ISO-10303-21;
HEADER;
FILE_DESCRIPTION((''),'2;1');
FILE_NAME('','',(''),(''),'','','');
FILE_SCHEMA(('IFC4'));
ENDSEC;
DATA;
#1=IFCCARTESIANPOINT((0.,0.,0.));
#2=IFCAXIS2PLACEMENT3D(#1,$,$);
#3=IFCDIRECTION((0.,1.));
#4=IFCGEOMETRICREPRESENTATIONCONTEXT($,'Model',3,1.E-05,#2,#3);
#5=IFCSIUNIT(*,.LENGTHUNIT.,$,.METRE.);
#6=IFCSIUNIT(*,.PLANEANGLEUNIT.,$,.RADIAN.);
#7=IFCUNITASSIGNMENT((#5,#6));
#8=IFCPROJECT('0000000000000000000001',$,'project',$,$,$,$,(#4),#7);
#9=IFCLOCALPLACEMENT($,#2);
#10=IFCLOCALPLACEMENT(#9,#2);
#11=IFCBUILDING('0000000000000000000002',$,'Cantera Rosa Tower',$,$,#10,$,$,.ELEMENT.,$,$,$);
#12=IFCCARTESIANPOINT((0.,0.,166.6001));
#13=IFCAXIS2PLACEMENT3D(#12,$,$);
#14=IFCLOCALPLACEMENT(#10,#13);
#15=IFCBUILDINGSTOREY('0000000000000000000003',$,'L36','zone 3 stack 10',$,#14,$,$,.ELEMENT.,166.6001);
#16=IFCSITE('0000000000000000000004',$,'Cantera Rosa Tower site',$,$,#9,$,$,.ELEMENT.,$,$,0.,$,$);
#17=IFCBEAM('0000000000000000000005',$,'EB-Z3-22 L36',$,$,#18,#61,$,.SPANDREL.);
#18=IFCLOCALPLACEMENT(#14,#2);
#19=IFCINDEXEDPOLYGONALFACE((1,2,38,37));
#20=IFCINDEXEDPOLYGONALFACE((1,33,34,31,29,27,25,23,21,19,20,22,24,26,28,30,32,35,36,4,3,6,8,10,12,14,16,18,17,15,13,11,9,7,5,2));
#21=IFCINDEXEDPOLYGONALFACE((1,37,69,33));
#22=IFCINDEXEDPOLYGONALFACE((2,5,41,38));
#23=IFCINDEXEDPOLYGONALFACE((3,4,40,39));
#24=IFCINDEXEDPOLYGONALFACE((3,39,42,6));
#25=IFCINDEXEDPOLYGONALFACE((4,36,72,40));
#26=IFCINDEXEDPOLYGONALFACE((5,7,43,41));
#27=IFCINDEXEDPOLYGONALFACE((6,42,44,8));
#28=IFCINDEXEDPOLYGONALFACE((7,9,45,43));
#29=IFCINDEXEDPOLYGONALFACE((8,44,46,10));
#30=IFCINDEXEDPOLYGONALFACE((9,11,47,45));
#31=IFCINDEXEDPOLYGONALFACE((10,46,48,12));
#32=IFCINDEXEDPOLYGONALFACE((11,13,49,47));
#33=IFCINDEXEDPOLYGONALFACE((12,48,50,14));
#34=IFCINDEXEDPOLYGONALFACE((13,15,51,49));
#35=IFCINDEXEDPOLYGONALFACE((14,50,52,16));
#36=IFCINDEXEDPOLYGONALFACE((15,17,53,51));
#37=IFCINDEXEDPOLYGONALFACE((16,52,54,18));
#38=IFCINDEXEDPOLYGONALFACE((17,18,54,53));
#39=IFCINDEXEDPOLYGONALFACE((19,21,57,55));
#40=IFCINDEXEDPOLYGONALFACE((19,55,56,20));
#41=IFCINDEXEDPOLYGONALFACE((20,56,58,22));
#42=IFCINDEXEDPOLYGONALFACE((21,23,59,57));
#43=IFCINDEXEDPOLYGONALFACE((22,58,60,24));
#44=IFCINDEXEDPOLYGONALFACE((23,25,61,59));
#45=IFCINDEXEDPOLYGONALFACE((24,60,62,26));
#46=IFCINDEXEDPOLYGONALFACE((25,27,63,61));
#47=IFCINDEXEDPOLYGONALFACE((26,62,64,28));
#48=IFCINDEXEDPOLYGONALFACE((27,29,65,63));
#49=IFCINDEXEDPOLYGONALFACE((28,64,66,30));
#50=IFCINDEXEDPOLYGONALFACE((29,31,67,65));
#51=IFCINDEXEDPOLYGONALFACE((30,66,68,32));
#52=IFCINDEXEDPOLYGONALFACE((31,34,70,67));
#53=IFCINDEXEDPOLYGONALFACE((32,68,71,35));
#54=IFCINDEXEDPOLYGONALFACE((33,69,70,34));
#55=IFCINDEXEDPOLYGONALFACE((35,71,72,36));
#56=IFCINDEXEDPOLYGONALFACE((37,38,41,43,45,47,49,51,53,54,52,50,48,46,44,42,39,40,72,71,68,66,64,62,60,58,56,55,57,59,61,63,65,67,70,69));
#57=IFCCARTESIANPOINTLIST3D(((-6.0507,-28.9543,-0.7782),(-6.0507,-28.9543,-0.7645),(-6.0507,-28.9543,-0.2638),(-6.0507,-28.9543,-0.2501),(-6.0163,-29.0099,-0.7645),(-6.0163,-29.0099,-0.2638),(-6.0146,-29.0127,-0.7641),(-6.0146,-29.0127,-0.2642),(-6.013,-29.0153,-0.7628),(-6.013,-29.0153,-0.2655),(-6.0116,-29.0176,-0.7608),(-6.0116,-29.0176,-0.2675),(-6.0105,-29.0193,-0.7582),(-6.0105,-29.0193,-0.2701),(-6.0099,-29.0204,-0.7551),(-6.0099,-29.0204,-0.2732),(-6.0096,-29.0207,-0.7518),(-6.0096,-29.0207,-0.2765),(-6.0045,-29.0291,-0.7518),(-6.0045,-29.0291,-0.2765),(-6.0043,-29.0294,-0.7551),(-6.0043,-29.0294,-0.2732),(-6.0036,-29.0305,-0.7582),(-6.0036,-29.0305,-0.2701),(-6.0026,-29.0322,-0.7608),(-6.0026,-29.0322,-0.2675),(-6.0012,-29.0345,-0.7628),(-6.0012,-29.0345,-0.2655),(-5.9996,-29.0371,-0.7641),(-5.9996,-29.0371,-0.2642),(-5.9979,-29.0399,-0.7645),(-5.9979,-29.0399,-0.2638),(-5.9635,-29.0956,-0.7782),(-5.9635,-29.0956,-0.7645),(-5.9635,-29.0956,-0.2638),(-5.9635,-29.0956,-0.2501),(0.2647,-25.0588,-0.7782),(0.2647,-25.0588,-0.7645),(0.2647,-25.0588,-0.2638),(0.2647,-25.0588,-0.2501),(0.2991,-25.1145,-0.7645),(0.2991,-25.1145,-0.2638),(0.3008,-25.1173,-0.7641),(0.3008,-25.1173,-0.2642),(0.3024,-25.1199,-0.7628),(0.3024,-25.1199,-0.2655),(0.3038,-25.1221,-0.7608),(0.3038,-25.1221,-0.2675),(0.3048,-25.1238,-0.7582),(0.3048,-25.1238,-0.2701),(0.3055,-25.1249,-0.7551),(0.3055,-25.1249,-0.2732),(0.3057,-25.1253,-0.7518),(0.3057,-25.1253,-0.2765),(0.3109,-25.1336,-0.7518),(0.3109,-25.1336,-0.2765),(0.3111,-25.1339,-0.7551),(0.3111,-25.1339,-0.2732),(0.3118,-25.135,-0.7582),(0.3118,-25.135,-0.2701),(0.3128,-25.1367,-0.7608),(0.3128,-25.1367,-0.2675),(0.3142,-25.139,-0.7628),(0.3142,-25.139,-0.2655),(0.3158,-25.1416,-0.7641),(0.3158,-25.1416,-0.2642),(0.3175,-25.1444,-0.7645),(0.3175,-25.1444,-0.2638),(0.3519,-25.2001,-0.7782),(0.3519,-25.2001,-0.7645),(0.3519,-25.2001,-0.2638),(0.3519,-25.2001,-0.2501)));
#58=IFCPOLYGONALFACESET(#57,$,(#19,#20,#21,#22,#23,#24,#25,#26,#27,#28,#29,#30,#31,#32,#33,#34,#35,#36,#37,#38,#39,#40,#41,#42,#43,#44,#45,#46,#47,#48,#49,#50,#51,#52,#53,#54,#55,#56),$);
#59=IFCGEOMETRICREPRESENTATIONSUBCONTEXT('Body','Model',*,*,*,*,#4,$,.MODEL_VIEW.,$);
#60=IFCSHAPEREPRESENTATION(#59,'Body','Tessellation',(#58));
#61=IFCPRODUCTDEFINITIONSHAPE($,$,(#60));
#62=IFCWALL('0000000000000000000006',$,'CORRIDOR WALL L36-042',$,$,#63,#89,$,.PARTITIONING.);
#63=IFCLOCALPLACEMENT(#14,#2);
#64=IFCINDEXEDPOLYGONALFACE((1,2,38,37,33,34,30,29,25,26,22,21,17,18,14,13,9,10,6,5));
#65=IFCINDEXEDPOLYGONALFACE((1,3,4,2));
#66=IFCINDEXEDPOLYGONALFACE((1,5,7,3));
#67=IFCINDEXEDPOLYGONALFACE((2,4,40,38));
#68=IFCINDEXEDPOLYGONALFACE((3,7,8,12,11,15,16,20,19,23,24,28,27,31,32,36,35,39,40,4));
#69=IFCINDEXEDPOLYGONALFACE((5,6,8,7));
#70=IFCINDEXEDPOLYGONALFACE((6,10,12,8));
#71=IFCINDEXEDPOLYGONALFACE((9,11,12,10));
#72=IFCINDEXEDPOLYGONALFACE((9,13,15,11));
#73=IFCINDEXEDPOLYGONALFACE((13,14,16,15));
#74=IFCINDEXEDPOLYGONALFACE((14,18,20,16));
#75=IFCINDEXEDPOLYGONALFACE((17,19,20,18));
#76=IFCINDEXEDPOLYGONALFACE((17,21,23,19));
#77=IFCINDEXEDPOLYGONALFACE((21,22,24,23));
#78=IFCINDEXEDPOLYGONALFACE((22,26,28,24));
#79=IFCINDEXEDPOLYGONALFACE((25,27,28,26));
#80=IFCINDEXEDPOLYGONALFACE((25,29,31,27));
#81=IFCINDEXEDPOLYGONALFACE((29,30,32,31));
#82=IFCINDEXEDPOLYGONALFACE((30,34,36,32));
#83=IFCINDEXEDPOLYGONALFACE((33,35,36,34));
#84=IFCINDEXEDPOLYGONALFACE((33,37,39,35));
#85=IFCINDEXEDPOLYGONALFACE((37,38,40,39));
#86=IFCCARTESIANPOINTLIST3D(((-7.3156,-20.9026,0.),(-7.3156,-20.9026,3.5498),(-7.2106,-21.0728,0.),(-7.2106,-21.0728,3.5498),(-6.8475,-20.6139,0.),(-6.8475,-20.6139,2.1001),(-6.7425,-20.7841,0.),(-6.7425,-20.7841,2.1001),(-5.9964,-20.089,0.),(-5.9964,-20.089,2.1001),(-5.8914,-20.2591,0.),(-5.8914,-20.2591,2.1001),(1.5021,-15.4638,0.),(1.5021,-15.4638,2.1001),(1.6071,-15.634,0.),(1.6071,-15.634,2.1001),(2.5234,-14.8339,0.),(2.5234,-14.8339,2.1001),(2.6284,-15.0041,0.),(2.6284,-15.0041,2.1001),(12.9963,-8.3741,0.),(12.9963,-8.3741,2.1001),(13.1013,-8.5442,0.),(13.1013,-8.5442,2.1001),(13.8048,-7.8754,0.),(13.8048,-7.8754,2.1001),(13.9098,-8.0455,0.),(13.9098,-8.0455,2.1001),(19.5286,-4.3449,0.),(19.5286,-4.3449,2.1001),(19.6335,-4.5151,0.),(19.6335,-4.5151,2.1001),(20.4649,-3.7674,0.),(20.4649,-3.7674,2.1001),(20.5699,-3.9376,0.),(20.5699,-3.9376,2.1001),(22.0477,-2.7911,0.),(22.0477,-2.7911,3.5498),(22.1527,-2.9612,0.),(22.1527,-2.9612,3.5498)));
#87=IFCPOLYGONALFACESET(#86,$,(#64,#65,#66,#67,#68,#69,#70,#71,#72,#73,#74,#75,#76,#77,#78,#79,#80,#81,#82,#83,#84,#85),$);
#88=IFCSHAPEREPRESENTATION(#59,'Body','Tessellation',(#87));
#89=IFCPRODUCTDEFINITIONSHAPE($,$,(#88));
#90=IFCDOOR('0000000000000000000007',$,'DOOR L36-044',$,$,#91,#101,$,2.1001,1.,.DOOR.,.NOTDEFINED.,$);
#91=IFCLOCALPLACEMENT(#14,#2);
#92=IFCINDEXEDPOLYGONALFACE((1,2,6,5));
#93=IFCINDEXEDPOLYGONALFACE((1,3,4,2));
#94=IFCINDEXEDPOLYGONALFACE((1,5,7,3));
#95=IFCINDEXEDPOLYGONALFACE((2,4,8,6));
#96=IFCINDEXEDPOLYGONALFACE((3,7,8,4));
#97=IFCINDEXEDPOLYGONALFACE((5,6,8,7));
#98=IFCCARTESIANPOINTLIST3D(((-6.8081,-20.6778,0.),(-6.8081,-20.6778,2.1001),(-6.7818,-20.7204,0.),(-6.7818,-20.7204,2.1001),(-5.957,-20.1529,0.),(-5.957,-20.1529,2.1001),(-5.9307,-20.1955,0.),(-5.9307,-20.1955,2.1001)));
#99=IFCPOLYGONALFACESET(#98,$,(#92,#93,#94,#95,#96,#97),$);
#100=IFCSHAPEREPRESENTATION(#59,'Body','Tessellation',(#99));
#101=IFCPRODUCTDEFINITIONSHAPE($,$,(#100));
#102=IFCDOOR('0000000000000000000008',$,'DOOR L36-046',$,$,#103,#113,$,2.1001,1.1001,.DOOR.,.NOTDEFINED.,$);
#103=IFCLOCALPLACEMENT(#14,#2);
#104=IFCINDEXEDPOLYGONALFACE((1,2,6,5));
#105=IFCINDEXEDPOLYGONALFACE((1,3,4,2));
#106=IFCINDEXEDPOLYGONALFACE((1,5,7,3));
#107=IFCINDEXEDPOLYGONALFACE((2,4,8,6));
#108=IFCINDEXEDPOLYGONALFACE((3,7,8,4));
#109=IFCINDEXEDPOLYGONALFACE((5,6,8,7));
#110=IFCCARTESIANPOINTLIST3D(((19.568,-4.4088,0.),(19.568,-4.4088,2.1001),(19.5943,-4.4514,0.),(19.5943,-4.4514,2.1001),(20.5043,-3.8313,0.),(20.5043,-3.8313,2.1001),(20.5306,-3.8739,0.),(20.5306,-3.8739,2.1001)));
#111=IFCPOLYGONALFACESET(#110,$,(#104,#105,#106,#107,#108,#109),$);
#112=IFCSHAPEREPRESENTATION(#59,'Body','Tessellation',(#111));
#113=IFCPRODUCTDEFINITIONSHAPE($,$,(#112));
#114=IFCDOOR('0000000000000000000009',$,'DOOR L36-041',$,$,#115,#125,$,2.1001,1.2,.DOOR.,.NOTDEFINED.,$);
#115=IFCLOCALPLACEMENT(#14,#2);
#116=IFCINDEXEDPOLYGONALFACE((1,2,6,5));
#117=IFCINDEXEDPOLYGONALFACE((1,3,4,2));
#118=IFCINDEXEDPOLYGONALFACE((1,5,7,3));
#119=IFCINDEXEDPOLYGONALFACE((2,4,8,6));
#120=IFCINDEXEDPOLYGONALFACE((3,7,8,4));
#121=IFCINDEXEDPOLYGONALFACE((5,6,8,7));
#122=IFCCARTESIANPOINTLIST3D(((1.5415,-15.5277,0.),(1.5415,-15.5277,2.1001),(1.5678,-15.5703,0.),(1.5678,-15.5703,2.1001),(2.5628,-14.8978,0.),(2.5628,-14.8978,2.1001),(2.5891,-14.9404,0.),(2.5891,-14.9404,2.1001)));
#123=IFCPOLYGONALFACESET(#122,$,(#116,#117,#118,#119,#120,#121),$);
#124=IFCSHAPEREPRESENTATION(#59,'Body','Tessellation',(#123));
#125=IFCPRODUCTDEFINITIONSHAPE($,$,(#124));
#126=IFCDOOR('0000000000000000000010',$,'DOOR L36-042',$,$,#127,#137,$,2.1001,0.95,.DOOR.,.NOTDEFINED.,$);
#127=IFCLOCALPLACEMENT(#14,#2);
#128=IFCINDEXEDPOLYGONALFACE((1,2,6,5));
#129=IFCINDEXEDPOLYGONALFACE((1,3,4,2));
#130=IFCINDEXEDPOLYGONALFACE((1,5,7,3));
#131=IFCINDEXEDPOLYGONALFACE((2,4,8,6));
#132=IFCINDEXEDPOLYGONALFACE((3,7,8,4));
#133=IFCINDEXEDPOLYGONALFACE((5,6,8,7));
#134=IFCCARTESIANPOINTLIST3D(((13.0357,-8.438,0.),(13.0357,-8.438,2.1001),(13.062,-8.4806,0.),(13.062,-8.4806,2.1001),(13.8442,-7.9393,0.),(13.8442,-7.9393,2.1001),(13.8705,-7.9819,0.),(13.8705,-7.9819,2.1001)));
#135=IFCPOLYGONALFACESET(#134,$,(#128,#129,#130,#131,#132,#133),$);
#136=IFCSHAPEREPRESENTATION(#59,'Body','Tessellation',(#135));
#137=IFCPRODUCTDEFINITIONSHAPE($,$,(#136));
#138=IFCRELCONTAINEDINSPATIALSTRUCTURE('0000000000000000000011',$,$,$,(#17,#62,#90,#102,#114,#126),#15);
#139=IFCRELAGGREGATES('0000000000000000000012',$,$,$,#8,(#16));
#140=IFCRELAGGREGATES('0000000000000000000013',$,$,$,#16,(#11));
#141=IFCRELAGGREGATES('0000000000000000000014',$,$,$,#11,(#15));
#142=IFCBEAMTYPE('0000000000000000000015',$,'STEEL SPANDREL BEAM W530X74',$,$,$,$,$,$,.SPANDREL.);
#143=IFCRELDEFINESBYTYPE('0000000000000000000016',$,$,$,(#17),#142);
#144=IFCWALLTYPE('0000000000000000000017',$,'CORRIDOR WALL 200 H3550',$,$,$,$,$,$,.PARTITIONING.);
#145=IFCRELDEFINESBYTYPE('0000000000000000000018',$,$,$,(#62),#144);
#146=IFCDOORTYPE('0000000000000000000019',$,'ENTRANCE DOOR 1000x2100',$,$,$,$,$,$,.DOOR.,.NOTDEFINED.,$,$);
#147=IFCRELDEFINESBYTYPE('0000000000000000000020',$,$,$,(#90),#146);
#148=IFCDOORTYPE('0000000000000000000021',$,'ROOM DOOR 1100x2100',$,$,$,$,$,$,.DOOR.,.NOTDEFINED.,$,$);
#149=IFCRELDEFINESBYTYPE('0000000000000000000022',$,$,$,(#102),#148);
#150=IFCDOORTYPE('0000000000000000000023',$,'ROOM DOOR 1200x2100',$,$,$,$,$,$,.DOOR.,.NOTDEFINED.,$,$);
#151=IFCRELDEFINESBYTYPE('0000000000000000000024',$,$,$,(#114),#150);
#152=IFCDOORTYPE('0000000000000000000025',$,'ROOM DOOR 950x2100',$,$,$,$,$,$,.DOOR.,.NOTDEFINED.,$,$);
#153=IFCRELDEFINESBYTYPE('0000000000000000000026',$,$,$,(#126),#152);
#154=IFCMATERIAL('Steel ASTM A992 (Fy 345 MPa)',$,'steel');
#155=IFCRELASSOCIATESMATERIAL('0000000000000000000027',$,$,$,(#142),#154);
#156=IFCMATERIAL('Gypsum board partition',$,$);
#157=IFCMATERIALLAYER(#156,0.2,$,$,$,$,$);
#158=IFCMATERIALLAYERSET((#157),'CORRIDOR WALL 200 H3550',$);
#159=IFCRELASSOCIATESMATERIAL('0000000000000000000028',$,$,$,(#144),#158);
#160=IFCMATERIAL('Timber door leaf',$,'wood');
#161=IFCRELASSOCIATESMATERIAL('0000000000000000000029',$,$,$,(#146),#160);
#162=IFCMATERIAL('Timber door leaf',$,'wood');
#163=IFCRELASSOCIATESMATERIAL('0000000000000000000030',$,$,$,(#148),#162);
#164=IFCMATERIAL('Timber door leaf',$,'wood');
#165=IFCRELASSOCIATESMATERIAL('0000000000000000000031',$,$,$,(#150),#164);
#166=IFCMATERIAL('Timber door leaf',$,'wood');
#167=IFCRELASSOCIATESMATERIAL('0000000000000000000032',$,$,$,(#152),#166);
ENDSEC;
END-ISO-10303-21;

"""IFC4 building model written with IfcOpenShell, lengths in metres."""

from ifc_helpers import new_model, si_unit, direction, frame, frame_2d, origin, origin_2d, place, context, subcontext, project, spatial, rectangle, i_section, extrude, material, layer, layer_set, material_profile, profile_set, type_object, element, fill, save


model = new_model("IFC4")

# Units and contexts
model_context = context("Model", 3, precision=1e-05, world=origin(), true_north=direction((0.0, 1.0)))
body_context = subcontext(model_context, "Body", "Model", "MODEL_VIEW")
ifc_project = project(units=[si_unit("LENGTHUNIT", "METRE"), si_unit("PLANEANGLEUNIT", "RADIAN")], contexts=[model_context])

# Site, building, storey
site_placement = place(None, origin())
site = spatial("IfcSite", under=ifc_project, at=site_placement, Name="Cantera Rosa Tower site", CompositionType="ELEMENT", RefElevation=0.0)
building_placement = place(site_placement, origin())
building = spatial("IfcBuilding", under=site, at=building_placement, Name="Cantera Rosa Tower", CompositionType="ELEMENT")
storey_placement = place(building_placement, frame((0.0, 0.0, 166.6001)))
storey = spatial("IfcBuildingStorey", under=building, at=storey_placement, Name="L36", Description="zone 3 stack 10", CompositionType="ELEMENT", Elevation=166.6001)

# Beam
ifc_material_1 = material(Name="Steel ASTM A992 (Fy 345 MPa)", Category="steel")
ifc_material_profile_1 = material_profile(ifc_material_1, i_section(OverallWidth=0.166, OverallDepth=0.5281, WebThickness=0.0098, FlangeThickness=0.0137, FilletRadius=0.0127, at=origin_2d()), Name="W530X74")
ifc_profile_set_1 = profile_set([ifc_material_profile_1], Name="Steel ASTM A992 (Fy 345 MPa)")
beam_type_1 = type_object("IfcBeamType", Name="STEEL SPANDREL BEAM W530X74", PredefinedType="SPANDREL", material=ifc_profile_set_1)
beam_1_placement = place(storey_placement, frame((-6.0071, -29.0249, -0.5142), z_axis=(0.851111, 0.524986, 0.0), x_axis=(-0.524986, 0.851111, 0.0)))
element("IfcBeam", 1, at=beam_1_placement, inside=storey, type_object=beam_type_1, Name="EB-Z3-22 L36", PredefinedType="SPANDREL", context=body_context, shape_type="SweptSolid", body=[
    extrude(i_section(OverallWidth=0.166, OverallDepth=0.5281, WebThickness=0.0098, FlangeThickness=0.0137, FilletRadius=0.0127, at=origin_2d()), origin(), (0.0, 0.0, 1.0), 7.4202),
])

# Wall, openings, doors
ifc_material_2 = material(Name="Gypsum board partition")
ifc_layer_1 = layer(ifc_material_2, 0.2)
ifc_layer_set_1 = layer_set([ifc_layer_1], Name="CORRIDOR WALL 200 H3550")
wall_type_1 = type_object("IfcWallType", Name="CORRIDOR WALL 200 H3550", PredefinedType="PARTITIONING", material=ifc_layer_set_1)
wall_1_placement = place(storey_placement, frame((-7.2632, -20.9878, 0.0), z_axis=(0.0, 0.0, 1.0), x_axis=(0.851116, 0.524977, 0.0)))
wall_1 = element("IfcWall", 2, at=wall_1_placement, inside=storey, type_object=wall_type_1, Name="CORRIDOR WALL L36-042", PredefinedType="PARTITIONING", context=body_context, shape_type="SweptSolid", body=[
    extrude(rectangle(XDim=34.4998, YDim=0.2, at=frame_2d((17.25, 0.0))), origin(), (0.0, 0.0, 1.0), 3.5498),
])
opening_1_placement = place(wall_1_placement, frame((10.3601, 0.0, 0.0)))
opening_1 = element("IfcOpeningElement", 3, at=opening_1_placement, cuts=wall_1, PredefinedType="OPENING", context=body_context, shape_type="SweptSolid", body=[
    extrude(rectangle(XDim=1.2, YDim=2.1001, at=frame_2d((0.6001, 1.05))), frame((0.0, 0.1099, 0.0), z_axis=(0.0, -1.0, 0.0), x_axis=(1.0, 0.0, 0.0)), (0.0, 0.0, 1.0), 0.22),
])
opening_2_placement = place(wall_1_placement, frame((23.865, 0.0, 0.0)))
opening_2 = element("IfcOpeningElement", 4, at=opening_2_placement, cuts=wall_1, PredefinedType="OPENING", context=body_context, shape_type="SweptSolid", body=[
    extrude(rectangle(XDim=0.95, YDim=2.1001, at=frame_2d((0.4751, 1.05))), frame((0.0, 0.1099, 0.0), z_axis=(0.0, -1.0, 0.0), x_axis=(1.0, 0.0, 0.0)), (0.0, 0.0, 1.0), 0.22),
])
opening_3_placement = place(wall_1_placement, frame((0.55, 0.0, 0.0)))
opening_3 = element("IfcOpeningElement", 5, at=opening_3_placement, cuts=wall_1, PredefinedType="OPENING", context=body_context, shape_type="SweptSolid", body=[
    extrude(rectangle(XDim=1.0, YDim=2.1001, at=frame_2d((0.5, 1.05))), frame((0.0, 0.1099, 0.0), z_axis=(0.0, -1.0, 0.0), x_axis=(1.0, 0.0, 0.0)), (0.0, 0.0, 1.0), 0.22),
])
opening_4_placement = place(wall_1_placement, frame((31.54, 0.0, 0.0)))
opening_4 = element("IfcOpeningElement", 6, at=opening_4_placement, cuts=wall_1, PredefinedType="OPENING", context=body_context, shape_type="SweptSolid", body=[
    extrude(rectangle(XDim=1.1001, YDim=2.1001, at=frame_2d((0.55, 1.05))), frame((0.0, 0.1099, 0.0), z_axis=(0.0, -1.0, 0.0), x_axis=(1.0, 0.0, 0.0)), (0.0, 0.0, 1.0), 0.22),
])
ifc_material_3 = material(Name="Timber door leaf", Category="wood")
door_type_1 = type_object("IfcDoorType", Name="ENTRANCE DOOR 1000x2100", OperationType="NOTDEFINED", PredefinedType="DOOR", material=ifc_material_3)
door_1_placement = place(opening_3_placement, origin())
door_1 = element("IfcDoor", 7, at=door_1_placement, inside=storey, type_object=door_type_1, Name="DOOR L36-044", OperationType="NOTDEFINED", OverallHeight=2.1001, OverallWidth=1.0, PredefinedType="DOOR", context=body_context, shape_type="SweptSolid", body=[
    extrude(rectangle(XDim=1.0, YDim=2.1001, at=frame_2d((0.5, 1.05))), frame((0.0, 0.0249, 0.0), z_axis=(0.0, -1.0, 0.0), x_axis=(1.0, 0.0, 0.0)), (0.0, 0.0, 1.0), 0.05),
])
fill(opening_3, door_1)
ifc_material_4 = material(Name="Timber door leaf", Category="wood")
door_type_2 = type_object("IfcDoorType", Name="ROOM DOOR 1100x2100", OperationType="NOTDEFINED", PredefinedType="DOOR", material=ifc_material_4)
door_2_placement = place(opening_4_placement, origin())
door_2 = element("IfcDoor", 8, at=door_2_placement, inside=storey, type_object=door_type_2, Name="DOOR L36-046", OperationType="NOTDEFINED", OverallHeight=2.1001, OverallWidth=1.1001, PredefinedType="DOOR", context=body_context, shape_type="SweptSolid", body=[
    extrude(rectangle(XDim=1.1001, YDim=2.1001, at=frame_2d((0.55, 1.05))), frame((0.0, 0.0249, 0.0), z_axis=(0.0, -1.0, 0.0), x_axis=(1.0, 0.0, 0.0)), (0.0, 0.0, 1.0), 0.05),
])
fill(opening_4, door_2)
ifc_material_5 = material(Name="Timber door leaf", Category="wood")
door_type_3 = type_object("IfcDoorType", Name="ROOM DOOR 1200x2100", OperationType="NOTDEFINED", PredefinedType="DOOR", material=ifc_material_5)
door_3_placement = place(opening_1_placement, origin())
door_3 = element("IfcDoor", 9, at=door_3_placement, inside=storey, type_object=door_type_3, Name="DOOR L36-041", OperationType="NOTDEFINED", OverallHeight=2.1001, OverallWidth=1.2, PredefinedType="DOOR", context=body_context, shape_type="SweptSolid", body=[
    extrude(rectangle(XDim=1.2, YDim=2.1001, at=frame_2d((0.6001, 1.05))), frame((0.0, 0.0249, 0.0), z_axis=(0.0, -1.0, 0.0), x_axis=(1.0, 0.0, 0.0)), (0.0, 0.0, 1.0), 0.05),
])
fill(opening_1, door_3)
ifc_material_6 = material(Name="Timber door leaf", Category="wood")
door_type_4 = type_object("IfcDoorType", Name="ROOM DOOR 950x2100", OperationType="NOTDEFINED", PredefinedType="DOOR", material=ifc_material_6)
door_4_placement = place(opening_2_placement, origin())
door_4 = element("IfcDoor", 10, at=door_4_placement, inside=storey, type_object=door_type_4, Name="DOOR L36-042", OperationType="NOTDEFINED", OverallHeight=2.1001, OverallWidth=0.95, PredefinedType="DOOR", context=body_context, shape_type="SweptSolid", body=[
    extrude(rectangle(XDim=0.95, YDim=2.1001, at=frame_2d((0.4751, 1.05))), frame((0.0, 0.0249, 0.0), z_axis=(0.0, -1.0, 0.0), x_axis=(1.0, 0.0, 0.0)), (0.0, 0.0, 1.0), 0.05),
])
fill(opening_2, door_4)

save(model, "model.ifc")
